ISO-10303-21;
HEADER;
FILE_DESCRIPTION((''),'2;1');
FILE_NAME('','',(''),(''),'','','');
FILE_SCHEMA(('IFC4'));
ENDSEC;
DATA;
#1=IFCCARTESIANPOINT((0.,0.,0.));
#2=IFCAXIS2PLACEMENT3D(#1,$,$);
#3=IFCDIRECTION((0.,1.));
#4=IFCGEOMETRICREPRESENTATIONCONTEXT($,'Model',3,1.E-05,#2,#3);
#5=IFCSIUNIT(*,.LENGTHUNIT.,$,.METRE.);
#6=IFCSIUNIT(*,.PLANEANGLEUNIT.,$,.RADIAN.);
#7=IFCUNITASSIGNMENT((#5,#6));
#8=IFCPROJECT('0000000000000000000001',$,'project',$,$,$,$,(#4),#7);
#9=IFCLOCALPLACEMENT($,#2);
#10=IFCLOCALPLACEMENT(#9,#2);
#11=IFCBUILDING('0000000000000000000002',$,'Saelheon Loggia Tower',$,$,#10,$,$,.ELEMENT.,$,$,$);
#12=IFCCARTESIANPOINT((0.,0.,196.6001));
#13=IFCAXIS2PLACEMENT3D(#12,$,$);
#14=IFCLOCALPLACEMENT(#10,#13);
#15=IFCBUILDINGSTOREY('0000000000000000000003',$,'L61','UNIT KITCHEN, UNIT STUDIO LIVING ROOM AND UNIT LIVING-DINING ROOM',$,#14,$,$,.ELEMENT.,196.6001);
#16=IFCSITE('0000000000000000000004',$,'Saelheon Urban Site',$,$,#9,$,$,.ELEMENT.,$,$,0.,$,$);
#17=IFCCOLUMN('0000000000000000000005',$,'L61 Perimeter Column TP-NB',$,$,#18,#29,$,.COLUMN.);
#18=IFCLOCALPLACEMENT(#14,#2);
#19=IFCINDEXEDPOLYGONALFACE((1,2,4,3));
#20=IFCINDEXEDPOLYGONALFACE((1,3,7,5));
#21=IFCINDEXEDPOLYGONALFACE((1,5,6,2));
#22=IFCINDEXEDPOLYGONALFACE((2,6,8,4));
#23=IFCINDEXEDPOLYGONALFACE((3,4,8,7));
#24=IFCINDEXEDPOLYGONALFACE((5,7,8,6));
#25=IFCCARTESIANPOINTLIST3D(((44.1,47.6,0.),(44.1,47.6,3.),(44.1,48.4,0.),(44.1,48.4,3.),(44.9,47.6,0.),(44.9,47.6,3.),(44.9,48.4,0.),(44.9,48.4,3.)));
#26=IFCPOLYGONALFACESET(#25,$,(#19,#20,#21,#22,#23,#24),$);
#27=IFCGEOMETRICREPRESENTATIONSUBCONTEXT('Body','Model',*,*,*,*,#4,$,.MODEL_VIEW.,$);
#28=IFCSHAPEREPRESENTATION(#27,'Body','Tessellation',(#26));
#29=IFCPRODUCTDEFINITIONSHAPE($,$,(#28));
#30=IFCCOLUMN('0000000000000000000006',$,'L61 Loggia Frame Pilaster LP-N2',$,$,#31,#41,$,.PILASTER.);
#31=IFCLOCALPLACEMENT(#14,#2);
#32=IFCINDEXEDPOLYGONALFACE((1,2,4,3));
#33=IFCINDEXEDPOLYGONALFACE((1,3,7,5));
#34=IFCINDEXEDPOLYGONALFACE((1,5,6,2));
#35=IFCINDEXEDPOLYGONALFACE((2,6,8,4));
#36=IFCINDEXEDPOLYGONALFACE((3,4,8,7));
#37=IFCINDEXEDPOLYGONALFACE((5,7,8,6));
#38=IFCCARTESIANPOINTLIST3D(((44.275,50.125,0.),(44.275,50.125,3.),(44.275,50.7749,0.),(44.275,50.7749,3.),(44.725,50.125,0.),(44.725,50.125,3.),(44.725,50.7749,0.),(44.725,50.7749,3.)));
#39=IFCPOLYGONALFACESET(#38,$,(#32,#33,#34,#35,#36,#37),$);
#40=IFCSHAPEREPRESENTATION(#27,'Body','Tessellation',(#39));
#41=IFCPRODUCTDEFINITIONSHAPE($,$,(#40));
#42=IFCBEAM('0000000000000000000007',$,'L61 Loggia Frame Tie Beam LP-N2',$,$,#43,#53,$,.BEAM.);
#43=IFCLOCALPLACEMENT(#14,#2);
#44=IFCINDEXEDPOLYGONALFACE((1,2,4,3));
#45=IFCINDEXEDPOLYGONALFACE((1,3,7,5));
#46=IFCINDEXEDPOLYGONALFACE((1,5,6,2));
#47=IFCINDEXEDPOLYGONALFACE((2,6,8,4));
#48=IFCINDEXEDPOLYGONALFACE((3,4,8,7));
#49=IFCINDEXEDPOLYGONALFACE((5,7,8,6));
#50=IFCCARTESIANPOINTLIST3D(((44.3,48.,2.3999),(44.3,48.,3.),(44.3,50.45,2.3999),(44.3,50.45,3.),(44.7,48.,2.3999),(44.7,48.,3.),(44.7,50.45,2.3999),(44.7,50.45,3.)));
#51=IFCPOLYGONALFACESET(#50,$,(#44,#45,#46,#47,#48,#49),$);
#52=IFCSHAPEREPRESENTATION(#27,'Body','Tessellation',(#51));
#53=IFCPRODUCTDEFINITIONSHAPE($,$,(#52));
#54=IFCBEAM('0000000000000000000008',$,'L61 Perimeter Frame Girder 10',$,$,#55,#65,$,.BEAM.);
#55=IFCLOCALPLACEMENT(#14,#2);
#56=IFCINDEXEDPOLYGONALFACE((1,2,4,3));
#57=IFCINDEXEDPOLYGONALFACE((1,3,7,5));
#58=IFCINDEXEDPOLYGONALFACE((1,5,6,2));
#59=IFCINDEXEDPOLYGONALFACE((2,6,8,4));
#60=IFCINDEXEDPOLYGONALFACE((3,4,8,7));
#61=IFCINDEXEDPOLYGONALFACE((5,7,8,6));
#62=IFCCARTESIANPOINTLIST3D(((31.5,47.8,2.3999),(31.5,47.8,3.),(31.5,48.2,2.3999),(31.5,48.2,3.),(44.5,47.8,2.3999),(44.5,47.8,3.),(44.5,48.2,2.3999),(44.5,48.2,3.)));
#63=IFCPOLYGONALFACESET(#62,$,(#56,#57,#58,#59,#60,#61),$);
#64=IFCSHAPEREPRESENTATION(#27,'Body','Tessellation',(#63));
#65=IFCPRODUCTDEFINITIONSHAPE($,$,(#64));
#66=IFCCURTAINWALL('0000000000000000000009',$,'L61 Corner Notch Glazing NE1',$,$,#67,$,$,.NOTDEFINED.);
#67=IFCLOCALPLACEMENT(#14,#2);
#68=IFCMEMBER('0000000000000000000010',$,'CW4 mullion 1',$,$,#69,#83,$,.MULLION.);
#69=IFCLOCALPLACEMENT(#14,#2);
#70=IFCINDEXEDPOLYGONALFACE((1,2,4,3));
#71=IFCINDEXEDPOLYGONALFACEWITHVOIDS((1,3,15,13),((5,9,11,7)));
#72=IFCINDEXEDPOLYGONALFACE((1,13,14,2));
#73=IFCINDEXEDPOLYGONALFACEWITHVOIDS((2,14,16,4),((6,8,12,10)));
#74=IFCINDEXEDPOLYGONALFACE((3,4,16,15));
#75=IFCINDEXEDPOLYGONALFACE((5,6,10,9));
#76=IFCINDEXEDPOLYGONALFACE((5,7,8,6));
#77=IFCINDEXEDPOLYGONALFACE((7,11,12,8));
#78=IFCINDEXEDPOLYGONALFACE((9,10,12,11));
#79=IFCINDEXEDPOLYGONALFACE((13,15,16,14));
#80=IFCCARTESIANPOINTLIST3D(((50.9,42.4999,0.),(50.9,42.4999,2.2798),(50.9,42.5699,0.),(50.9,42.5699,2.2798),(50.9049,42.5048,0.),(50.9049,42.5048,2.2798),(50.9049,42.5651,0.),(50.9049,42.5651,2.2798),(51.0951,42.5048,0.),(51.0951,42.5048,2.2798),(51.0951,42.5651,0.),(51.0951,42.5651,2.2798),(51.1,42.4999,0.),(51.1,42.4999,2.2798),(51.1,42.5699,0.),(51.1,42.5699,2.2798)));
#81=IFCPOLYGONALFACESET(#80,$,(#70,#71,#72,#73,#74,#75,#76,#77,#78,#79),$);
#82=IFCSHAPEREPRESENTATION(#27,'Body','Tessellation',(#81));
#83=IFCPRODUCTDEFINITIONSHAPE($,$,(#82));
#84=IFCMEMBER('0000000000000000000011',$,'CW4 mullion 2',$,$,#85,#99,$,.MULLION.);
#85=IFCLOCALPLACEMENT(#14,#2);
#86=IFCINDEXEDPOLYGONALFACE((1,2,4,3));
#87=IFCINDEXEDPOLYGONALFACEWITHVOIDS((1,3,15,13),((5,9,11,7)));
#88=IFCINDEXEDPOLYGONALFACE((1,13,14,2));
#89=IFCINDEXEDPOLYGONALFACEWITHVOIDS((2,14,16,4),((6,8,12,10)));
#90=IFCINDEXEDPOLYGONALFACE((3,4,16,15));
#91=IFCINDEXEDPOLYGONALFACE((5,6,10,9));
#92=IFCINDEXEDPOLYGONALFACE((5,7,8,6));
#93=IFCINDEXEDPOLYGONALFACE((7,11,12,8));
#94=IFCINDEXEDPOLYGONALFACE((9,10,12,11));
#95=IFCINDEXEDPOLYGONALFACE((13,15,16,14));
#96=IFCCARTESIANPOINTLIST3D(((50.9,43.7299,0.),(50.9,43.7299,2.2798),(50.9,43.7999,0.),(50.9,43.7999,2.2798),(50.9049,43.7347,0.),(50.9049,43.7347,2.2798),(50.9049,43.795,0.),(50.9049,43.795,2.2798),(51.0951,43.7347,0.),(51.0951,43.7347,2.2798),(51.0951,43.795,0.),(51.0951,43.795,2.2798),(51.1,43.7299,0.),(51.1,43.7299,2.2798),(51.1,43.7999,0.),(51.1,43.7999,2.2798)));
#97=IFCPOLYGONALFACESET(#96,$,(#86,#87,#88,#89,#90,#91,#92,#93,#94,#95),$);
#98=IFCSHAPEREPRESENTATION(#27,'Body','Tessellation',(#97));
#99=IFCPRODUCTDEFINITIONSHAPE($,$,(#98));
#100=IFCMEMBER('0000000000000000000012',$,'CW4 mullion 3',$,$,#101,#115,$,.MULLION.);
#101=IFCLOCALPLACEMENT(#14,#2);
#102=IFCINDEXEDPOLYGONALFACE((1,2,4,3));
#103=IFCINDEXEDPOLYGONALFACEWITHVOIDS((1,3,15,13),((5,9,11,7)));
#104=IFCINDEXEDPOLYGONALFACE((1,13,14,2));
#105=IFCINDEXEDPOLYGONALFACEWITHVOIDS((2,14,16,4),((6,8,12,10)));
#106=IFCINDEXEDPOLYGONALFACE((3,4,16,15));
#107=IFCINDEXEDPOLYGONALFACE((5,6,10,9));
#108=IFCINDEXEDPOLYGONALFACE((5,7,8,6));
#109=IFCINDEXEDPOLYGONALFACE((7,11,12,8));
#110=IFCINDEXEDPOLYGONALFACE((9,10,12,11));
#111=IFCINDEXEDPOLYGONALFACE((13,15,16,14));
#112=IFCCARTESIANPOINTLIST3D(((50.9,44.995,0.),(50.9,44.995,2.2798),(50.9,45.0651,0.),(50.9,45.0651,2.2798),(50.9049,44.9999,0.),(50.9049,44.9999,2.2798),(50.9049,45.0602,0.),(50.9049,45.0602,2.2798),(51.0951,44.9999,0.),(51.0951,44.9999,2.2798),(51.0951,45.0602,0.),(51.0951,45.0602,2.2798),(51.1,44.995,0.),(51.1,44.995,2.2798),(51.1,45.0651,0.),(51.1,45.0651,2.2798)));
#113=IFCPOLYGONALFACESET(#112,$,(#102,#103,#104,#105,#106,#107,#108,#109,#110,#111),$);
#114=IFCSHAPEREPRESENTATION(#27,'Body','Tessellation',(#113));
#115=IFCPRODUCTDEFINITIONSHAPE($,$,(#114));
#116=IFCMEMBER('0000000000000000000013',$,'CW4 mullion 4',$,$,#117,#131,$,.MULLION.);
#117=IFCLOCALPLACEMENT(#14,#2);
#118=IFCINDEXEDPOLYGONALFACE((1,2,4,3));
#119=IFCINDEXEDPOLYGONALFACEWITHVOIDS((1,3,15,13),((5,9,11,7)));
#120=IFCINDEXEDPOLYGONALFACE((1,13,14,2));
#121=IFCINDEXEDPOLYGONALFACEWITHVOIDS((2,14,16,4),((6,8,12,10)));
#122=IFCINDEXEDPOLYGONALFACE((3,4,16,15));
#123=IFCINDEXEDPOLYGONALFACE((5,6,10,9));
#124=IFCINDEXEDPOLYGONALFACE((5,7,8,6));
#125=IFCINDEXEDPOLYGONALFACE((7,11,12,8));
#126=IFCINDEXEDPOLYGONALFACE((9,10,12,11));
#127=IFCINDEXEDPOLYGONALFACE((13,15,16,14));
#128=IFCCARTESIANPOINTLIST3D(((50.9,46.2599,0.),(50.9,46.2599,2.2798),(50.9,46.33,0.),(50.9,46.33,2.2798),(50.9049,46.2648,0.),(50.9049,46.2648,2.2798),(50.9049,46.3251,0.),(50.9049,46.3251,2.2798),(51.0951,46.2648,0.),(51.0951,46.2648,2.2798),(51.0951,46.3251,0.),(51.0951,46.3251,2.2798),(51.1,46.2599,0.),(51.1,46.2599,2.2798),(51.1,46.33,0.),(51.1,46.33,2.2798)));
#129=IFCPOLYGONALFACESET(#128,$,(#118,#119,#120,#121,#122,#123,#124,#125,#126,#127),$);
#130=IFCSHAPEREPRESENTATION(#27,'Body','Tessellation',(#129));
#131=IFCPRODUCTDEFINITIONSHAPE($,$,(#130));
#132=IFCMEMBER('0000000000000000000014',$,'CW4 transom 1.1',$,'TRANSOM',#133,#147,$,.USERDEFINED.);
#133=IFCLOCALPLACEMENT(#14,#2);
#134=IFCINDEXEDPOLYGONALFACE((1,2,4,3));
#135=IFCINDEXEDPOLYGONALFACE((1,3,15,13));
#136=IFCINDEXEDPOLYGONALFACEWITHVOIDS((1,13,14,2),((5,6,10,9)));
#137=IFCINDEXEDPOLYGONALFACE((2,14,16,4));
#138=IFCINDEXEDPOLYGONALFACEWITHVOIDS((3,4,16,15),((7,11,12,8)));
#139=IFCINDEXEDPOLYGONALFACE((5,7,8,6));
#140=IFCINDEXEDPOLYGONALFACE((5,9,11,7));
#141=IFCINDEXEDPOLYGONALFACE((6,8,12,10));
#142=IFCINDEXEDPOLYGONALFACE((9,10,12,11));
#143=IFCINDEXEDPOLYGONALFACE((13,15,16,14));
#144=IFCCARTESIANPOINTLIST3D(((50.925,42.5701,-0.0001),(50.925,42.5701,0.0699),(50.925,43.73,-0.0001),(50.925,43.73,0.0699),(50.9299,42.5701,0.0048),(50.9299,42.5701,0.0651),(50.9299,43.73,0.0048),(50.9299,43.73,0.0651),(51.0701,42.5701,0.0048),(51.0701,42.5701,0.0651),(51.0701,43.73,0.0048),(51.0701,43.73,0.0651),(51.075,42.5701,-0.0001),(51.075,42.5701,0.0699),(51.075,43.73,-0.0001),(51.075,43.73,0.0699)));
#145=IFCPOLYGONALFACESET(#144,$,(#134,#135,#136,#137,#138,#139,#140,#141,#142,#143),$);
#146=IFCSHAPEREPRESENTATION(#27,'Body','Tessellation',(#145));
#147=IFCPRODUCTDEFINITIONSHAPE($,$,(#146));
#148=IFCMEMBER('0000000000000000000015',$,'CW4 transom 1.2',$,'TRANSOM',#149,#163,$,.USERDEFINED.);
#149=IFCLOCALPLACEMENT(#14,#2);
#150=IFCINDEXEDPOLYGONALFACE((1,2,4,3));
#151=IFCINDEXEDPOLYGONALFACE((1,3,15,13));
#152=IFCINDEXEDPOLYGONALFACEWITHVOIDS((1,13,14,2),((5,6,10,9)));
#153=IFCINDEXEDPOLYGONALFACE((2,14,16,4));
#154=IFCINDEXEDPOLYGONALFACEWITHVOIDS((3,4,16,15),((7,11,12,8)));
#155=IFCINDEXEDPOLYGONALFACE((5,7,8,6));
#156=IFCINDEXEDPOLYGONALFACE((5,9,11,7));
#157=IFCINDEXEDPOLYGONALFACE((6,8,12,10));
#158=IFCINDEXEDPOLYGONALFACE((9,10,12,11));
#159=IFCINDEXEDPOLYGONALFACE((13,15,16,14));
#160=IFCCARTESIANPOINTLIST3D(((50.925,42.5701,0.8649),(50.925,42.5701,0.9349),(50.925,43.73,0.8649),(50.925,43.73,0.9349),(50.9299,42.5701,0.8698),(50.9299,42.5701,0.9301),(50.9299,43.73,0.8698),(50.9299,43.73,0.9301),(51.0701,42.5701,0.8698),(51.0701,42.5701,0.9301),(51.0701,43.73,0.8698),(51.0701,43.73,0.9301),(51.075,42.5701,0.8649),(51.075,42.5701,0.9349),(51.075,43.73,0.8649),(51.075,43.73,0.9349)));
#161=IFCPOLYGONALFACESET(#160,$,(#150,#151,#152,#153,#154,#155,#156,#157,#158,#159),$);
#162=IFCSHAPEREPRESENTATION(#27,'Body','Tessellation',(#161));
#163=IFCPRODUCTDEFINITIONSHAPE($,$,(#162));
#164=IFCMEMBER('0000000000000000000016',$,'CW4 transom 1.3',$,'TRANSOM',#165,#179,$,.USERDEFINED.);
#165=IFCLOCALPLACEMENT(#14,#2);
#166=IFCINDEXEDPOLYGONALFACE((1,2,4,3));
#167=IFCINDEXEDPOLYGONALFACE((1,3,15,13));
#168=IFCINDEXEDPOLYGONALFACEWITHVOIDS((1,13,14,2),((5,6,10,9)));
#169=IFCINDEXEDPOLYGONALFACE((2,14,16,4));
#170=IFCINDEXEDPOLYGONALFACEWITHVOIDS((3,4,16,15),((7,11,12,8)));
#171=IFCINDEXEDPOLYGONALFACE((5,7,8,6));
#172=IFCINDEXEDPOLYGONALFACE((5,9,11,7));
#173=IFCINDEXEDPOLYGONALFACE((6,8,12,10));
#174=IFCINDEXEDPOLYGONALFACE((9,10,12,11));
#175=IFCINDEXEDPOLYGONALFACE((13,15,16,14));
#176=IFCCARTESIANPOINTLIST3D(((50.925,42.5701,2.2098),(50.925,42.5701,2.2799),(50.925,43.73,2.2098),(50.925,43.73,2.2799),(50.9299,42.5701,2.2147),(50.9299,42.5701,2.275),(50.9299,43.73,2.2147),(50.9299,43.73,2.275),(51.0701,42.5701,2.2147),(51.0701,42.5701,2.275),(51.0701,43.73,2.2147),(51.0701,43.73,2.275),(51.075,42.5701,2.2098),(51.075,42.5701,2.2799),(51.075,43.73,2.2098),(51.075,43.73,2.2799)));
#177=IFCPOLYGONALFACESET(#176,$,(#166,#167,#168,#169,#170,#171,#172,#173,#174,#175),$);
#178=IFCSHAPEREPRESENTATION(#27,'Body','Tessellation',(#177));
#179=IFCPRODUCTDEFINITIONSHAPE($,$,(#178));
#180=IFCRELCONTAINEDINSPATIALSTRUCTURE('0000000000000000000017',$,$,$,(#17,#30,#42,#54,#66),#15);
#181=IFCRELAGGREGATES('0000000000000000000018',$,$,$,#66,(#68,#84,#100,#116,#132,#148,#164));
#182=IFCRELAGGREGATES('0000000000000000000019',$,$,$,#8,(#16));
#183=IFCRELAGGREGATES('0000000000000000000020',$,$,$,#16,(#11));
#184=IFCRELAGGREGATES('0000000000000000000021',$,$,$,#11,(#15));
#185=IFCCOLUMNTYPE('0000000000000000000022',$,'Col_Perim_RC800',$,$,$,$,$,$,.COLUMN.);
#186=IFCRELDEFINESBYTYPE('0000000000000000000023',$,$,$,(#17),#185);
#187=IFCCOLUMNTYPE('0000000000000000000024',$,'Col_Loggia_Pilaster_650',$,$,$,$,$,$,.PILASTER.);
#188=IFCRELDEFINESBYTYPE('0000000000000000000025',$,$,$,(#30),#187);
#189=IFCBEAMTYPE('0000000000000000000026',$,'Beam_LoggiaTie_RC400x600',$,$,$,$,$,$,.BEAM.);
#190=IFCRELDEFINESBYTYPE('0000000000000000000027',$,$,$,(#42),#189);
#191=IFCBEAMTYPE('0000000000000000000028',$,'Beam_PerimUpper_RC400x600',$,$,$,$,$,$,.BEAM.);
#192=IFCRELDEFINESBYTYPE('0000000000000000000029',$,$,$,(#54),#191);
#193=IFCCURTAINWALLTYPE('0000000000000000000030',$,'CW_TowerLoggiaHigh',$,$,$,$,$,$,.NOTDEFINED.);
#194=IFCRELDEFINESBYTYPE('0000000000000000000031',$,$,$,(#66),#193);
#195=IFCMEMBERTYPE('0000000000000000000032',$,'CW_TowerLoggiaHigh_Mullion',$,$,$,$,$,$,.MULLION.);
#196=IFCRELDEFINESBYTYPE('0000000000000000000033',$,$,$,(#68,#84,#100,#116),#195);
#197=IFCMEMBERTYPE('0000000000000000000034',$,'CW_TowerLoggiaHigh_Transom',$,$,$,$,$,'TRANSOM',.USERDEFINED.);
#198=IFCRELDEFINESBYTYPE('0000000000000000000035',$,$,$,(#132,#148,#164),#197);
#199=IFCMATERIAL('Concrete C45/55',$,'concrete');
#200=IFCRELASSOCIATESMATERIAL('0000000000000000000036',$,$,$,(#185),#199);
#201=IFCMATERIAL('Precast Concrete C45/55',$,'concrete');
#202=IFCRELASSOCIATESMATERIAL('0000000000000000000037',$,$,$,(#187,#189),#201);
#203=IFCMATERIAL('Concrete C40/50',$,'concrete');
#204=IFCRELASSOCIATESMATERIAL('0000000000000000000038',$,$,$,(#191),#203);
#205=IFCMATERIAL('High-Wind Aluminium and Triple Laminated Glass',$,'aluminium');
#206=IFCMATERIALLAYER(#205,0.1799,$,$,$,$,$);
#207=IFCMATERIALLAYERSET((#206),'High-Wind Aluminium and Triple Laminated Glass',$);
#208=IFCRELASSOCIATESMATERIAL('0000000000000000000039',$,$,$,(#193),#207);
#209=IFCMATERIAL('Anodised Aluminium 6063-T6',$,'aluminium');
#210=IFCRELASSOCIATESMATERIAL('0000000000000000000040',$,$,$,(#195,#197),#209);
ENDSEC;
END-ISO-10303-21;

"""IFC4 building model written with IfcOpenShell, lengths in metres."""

from ifc_helpers import new_model, si_unit, direction, frame, origin, origin_2d, place, context, subcontext, project, spatial, rectangle, hollow_rectangle, extrude, source, transform, mapped, material, layer, layer_set, material_profile, profile_set, type_object, element, aggregate, save


model = new_model("IFC4")

# Units and contexts
model_context = context("Model", 3, precision=1e-05, world=origin(), true_north=direction((0.0, 1.0)))
body_context = subcontext(model_context, "Body", "Model", "MODEL_VIEW")
ifc_project = project(units=[si_unit("LENGTHUNIT", "METRE"), si_unit("PLANEANGLEUNIT", "RADIAN")], contexts=[model_context])

# Site, building, storey
site_placement = place(None, origin())
site = spatial("IfcSite", under=ifc_project, at=site_placement, Name="Saelheon Urban Site", CompositionType="ELEMENT", RefElevation=0.0)
building_placement = place(site_placement, origin())
building = spatial("IfcBuilding", under=site, at=building_placement, Name="Saelheon Loggia Tower", CompositionType="ELEMENT")
storey_placement = place(building_placement, frame((0.0, 0.0, 196.6001)))
storey = spatial("IfcBuildingStorey", under=building, at=storey_placement, Name="L61", Description="UNIT KITCHEN, UNIT STUDIO LIVING ROOM AND UNIT LIVING-DINING ROOM", CompositionType="ELEMENT", Elevation=196.6001)

# Columns
ifc_material_1 = material(Name="Concrete C45/55", Category="concrete")
ifc_material_profile_1 = material_profile(ifc_material_1, rectangle(XDim=0.8, YDim=0.8, at=origin_2d()), Name="RC-800x800")
ifc_profile_set_1 = profile_set([ifc_material_profile_1], Name="Concrete C45/55")
column_type_1 = type_object("IfcColumnType", Name="Col_Perim_RC800", PredefinedType="COLUMN", material=ifc_profile_set_1)
shared_shape_1 = source(origin(), body_context, "Body", "SweptSolid", [
    extrude(rectangle(XDim=0.8, YDim=0.8, at=origin_2d()), origin(), (0.0, 0.0, 1.0), 3.0),
])
column_1_placement = place(storey_placement, frame((44.5, 48.0, 0.0), z_axis=(0.0, 0.0, 1.0), x_axis=(1.0, 0.0, 0.0)))
element("IfcColumn", 1, at=column_1_placement, inside=storey, type_object=column_type_1, Name="L61 Perimeter Column TP-NB", PredefinedType="COLUMN", context=body_context, shape_type="MappedRepresentation", body=[
    mapped(shared_shape_1, transform((0.0, 0.0, 0.0), scale=1.0)),
])
ifc_material_2 = material(Name="Precast Concrete C45/55", Category="concrete")
ifc_material_profile_2 = material_profile(ifc_material_2, rectangle(XDim=0.45, YDim=0.6499, at=origin_2d()), Name="RC-450x650")
ifc_profile_set_2 = profile_set([ifc_material_profile_2], Name="Precast Concrete C45/55")
column_type_2 = type_object("IfcColumnType", Name="Col_Loggia_Pilaster_650", PredefinedType="PILASTER", material=ifc_profile_set_2)
shared_shape_2 = source(origin(), body_context, "Body", "SweptSolid", [
    extrude(rectangle(XDim=0.45, YDim=0.6499, at=origin_2d()), origin(), (0.0, 0.0, 1.0), 3.0),
])
column_2_placement = place(storey_placement, frame((44.5, 50.45, 0.0), z_axis=(0.0, 0.0, 1.0), x_axis=(1.0, 0.0, 0.0)))
element("IfcColumn", 2, at=column_2_placement, inside=storey, type_object=column_type_2, Name="L61 Loggia Frame Pilaster LP-N2", PredefinedType="PILASTER", context=body_context, shape_type="MappedRepresentation", body=[
    mapped(shared_shape_2, transform((0.0, 0.0, 0.0), scale=1.0)),
])

# Beams
ifc_material_profile_3 = material_profile(ifc_material_2, rectangle(XDim=0.3999, YDim=0.6001, at=origin_2d()), Name="RC-400x600")
ifc_profile_set_3 = profile_set([ifc_material_profile_3], Name="Precast Concrete C45/55")
beam_type_1 = type_object("IfcBeamType", Name="Beam_LoggiaTie_RC400x600", PredefinedType="BEAM", material=ifc_profile_set_3)
shared_shape_3 = source(origin(), body_context, "Body", "SweptSolid", [
    extrude(rectangle(XDim=0.3999, YDim=0.6001, at=origin_2d()), origin(), (0.0, 0.0, 1.0), 2.45),
])
beam_1_placement = place(storey_placement, frame((44.5, 48.0, 2.7), z_axis=(0.0, 1.0, 0.0), x_axis=(-1.0, 0.0, 0.0)))
element("IfcBeam", 3, at=beam_1_placement, inside=storey, type_object=beam_type_1, Name="L61 Loggia Frame Tie Beam LP-N2", PredefinedType="BEAM", context=body_context, shape_type="MappedRepresentation", body=[
    mapped(shared_shape_3, transform((0.0, 0.0, 0.0), scale=1.0)),
])
ifc_material_3 = material(Name="Concrete C40/50", Category="concrete")
ifc_material_profile_4 = material_profile(ifc_material_3, rectangle(XDim=0.3999, YDim=0.6001, at=origin_2d()), Name="RC-400x600")
ifc_profile_set_4 = profile_set([ifc_material_profile_4], Name="Concrete C40/50")
beam_type_2 = type_object("IfcBeamType", Name="Beam_PerimUpper_RC400x600", PredefinedType="BEAM", material=ifc_profile_set_4)
shared_shape_4 = source(origin(), body_context, "Body", "SweptSolid", [
    extrude(rectangle(XDim=0.3999, YDim=0.6001, at=origin_2d()), origin(), (0.0, 0.0, 1.0), 13.0),
])
beam_2_placement = place(storey_placement, frame((44.5, 48.0, 2.7), z_axis=(-1.0, 0.0, 0.0), x_axis=(0.0, -1.0, 0.0)))
element("IfcBeam", 4, at=beam_2_placement, inside=storey, type_object=beam_type_2, Name="L61 Perimeter Frame Girder 10", PredefinedType="BEAM", context=body_context, shape_type="MappedRepresentation", body=[
    mapped(shared_shape_4, transform((0.0, 0.0, 0.0), scale=1.0)),
])

# Curtain wall, members
ifc_material_4 = material(Name="High-Wind Aluminium and Triple Laminated Glass", Category="aluminium")
ifc_layer_1 = layer(ifc_material_4, 0.1799)
ifc_layer_set_1 = layer_set([ifc_layer_1], Name="High-Wind Aluminium and Triple Laminated Glass")
curtain_wall_type = type_object("IfcCurtainWallType", Name="CW_TowerLoggiaHigh", PredefinedType="NOTDEFINED", material=ifc_layer_set_1)
curtain_wall_placement = place(storey_placement, origin())
curtain_wall = element("IfcCurtainWall", 5, at=curtain_wall_placement, inside=storey, type_object=curtain_wall_type, Name="L61 Corner Notch Glazing NE1", PredefinedType="NOTDEFINED")
ifc_material_5 = material(Name="Anodised Aluminium 6063-T6", Category="aluminium")
ifc_material_profile_5 = material_profile(ifc_material_5, hollow_rectangle(XDim=0.0701, YDim=0.2, WallThickness=0.0049, at=origin_2d()), Name="RHS-200x70x5")
ifc_profile_set_5 = profile_set([ifc_material_profile_5], Name="Anodised Aluminium 6063-T6")
member_type_1 = type_object("IfcMemberType", Name="CW_TowerLoggiaHigh_Mullion", PredefinedType="MULLION", material=ifc_profile_set_5)
shared_shape_5 = source(origin(), body_context, "Body", "SweptSolid", [
    extrude(hollow_rectangle(XDim=0.0701, YDim=0.2, WallThickness=0.0049, at=origin_2d()), origin(), (0.0, 0.0, 1.0), 2.2798),
])
member_1_placement = place(storey_placement, frame((51.0, 42.5349, 0.0), z_axis=(0.0, 0.0, 1.0), x_axis=(0.0, 1.0, 0.0)))
member_1 = element("IfcMember", 6, at=member_1_placement, type_object=member_type_1, Name="CW4 mullion 1", PredefinedType="MULLION", context=body_context, shape_type="MappedRepresentation", body=[
    mapped(shared_shape_5, transform((0.0, 0.0, 0.0), scale=1.0)),
])
member_2_placement = place(storey_placement, frame((51.0, 43.7649, 0.0), z_axis=(0.0, 0.0, 1.0), x_axis=(0.0, 1.0, 0.0)))
member_2 = element("IfcMember", 7, at=member_2_placement, type_object=member_type_1, Name="CW4 mullion 2", PredefinedType="MULLION", context=body_context, shape_type="MappedRepresentation", body=[
    mapped(shared_shape_5, transform((0.0, 0.0, 0.0), scale=1.0)),
])
member_3_placement = place(storey_placement, frame((51.0, 45.03, 0.0), z_axis=(0.0, 0.0, 1.0), x_axis=(0.0, 1.0, 0.0)))
member_3 = element("IfcMember", 8, at=member_3_placement, type_object=member_type_1, Name="CW4 mullion 3", PredefinedType="MULLION", context=body_context, shape_type="MappedRepresentation", body=[
    mapped(shared_shape_5, transform((0.0, 0.0, 0.0), scale=1.0)),
])
member_4_placement = place(storey_placement, frame((51.0, 46.2949, 0.0), z_axis=(0.0, 0.0, 1.0), x_axis=(0.0, 1.0, 0.0)))
member_4 = element("IfcMember", 9, at=member_4_placement, type_object=member_type_1, Name="CW4 mullion 4", PredefinedType="MULLION", context=body_context, shape_type="MappedRepresentation", body=[
    mapped(shared_shape_5, transform((0.0, 0.0, 0.0), scale=1.0)),
])
ifc_material_profile_6 = material_profile(ifc_material_5, hollow_rectangle(XDim=0.0701, YDim=0.1499, WallThickness=0.0049, at=origin_2d()), Name="RHS-150x70x5")
ifc_profile_set_6 = profile_set([ifc_material_profile_6], Name="Anodised Aluminium 6063-T6")
member_type_2 = type_object("IfcMemberType", Name="CW_TowerLoggiaHigh_Transom", ElementType="TRANSOM", PredefinedType="USERDEFINED", material=ifc_profile_set_6)
shared_shape_6 = source(origin(), body_context, "Body", "SweptSolid", [
    extrude(hollow_rectangle(XDim=0.0701, YDim=0.1499, WallThickness=0.0049, at=origin_2d()), origin(), (0.0, 0.0, 1.0), 1.1599),
])
member_5_placement = place(storey_placement, frame((51.0, 42.5701, 0.0349), z_axis=(0.0, 1.0, 0.0), x_axis=(0.0, 0.0, 1.0)))
member_5 = element("IfcMember", 10, at=member_5_placement, type_object=member_type_2, Name="CW4 transom 1.1", ObjectType="TRANSOM", PredefinedType="USERDEFINED", context=body_context, shape_type="MappedRepresentation", body=[
    mapped(shared_shape_6, transform((0.0, 0.0, 0.0), scale=1.0)),
])
member_6_placement = place(storey_placement, frame((51.0, 42.5701, 0.8999), z_axis=(0.0, 1.0, 0.0), x_axis=(0.0, 0.0, 1.0)))
member_6 = element("IfcMember", 11, at=member_6_placement, type_object=member_type_2, Name="CW4 transom 1.2", ObjectType="TRANSOM", PredefinedType="USERDEFINED", context=body_context, shape_type="MappedRepresentation", body=[
    mapped(shared_shape_6, transform((0.0, 0.0, 0.0), scale=1.0)),
])
member_7_placement = place(storey_placement, frame((51.0, 42.5701, 2.2449), z_axis=(0.0, 1.0, 0.0), x_axis=(0.0, 0.0, 1.0)))
member_7 = element("IfcMember", 12, at=member_7_placement, type_object=member_type_2, Name="CW4 transom 1.3", ObjectType="TRANSOM", PredefinedType="USERDEFINED", context=body_context, shape_type="MappedRepresentation", body=[
    mapped(shared_shape_6, transform((0.0, 0.0, 0.0), scale=1.0)),
])
aggregate(curtain_wall, [member_1, member_2, member_3, member_4, member_5, member_6, member_7])

save(model, "model.ifc")
